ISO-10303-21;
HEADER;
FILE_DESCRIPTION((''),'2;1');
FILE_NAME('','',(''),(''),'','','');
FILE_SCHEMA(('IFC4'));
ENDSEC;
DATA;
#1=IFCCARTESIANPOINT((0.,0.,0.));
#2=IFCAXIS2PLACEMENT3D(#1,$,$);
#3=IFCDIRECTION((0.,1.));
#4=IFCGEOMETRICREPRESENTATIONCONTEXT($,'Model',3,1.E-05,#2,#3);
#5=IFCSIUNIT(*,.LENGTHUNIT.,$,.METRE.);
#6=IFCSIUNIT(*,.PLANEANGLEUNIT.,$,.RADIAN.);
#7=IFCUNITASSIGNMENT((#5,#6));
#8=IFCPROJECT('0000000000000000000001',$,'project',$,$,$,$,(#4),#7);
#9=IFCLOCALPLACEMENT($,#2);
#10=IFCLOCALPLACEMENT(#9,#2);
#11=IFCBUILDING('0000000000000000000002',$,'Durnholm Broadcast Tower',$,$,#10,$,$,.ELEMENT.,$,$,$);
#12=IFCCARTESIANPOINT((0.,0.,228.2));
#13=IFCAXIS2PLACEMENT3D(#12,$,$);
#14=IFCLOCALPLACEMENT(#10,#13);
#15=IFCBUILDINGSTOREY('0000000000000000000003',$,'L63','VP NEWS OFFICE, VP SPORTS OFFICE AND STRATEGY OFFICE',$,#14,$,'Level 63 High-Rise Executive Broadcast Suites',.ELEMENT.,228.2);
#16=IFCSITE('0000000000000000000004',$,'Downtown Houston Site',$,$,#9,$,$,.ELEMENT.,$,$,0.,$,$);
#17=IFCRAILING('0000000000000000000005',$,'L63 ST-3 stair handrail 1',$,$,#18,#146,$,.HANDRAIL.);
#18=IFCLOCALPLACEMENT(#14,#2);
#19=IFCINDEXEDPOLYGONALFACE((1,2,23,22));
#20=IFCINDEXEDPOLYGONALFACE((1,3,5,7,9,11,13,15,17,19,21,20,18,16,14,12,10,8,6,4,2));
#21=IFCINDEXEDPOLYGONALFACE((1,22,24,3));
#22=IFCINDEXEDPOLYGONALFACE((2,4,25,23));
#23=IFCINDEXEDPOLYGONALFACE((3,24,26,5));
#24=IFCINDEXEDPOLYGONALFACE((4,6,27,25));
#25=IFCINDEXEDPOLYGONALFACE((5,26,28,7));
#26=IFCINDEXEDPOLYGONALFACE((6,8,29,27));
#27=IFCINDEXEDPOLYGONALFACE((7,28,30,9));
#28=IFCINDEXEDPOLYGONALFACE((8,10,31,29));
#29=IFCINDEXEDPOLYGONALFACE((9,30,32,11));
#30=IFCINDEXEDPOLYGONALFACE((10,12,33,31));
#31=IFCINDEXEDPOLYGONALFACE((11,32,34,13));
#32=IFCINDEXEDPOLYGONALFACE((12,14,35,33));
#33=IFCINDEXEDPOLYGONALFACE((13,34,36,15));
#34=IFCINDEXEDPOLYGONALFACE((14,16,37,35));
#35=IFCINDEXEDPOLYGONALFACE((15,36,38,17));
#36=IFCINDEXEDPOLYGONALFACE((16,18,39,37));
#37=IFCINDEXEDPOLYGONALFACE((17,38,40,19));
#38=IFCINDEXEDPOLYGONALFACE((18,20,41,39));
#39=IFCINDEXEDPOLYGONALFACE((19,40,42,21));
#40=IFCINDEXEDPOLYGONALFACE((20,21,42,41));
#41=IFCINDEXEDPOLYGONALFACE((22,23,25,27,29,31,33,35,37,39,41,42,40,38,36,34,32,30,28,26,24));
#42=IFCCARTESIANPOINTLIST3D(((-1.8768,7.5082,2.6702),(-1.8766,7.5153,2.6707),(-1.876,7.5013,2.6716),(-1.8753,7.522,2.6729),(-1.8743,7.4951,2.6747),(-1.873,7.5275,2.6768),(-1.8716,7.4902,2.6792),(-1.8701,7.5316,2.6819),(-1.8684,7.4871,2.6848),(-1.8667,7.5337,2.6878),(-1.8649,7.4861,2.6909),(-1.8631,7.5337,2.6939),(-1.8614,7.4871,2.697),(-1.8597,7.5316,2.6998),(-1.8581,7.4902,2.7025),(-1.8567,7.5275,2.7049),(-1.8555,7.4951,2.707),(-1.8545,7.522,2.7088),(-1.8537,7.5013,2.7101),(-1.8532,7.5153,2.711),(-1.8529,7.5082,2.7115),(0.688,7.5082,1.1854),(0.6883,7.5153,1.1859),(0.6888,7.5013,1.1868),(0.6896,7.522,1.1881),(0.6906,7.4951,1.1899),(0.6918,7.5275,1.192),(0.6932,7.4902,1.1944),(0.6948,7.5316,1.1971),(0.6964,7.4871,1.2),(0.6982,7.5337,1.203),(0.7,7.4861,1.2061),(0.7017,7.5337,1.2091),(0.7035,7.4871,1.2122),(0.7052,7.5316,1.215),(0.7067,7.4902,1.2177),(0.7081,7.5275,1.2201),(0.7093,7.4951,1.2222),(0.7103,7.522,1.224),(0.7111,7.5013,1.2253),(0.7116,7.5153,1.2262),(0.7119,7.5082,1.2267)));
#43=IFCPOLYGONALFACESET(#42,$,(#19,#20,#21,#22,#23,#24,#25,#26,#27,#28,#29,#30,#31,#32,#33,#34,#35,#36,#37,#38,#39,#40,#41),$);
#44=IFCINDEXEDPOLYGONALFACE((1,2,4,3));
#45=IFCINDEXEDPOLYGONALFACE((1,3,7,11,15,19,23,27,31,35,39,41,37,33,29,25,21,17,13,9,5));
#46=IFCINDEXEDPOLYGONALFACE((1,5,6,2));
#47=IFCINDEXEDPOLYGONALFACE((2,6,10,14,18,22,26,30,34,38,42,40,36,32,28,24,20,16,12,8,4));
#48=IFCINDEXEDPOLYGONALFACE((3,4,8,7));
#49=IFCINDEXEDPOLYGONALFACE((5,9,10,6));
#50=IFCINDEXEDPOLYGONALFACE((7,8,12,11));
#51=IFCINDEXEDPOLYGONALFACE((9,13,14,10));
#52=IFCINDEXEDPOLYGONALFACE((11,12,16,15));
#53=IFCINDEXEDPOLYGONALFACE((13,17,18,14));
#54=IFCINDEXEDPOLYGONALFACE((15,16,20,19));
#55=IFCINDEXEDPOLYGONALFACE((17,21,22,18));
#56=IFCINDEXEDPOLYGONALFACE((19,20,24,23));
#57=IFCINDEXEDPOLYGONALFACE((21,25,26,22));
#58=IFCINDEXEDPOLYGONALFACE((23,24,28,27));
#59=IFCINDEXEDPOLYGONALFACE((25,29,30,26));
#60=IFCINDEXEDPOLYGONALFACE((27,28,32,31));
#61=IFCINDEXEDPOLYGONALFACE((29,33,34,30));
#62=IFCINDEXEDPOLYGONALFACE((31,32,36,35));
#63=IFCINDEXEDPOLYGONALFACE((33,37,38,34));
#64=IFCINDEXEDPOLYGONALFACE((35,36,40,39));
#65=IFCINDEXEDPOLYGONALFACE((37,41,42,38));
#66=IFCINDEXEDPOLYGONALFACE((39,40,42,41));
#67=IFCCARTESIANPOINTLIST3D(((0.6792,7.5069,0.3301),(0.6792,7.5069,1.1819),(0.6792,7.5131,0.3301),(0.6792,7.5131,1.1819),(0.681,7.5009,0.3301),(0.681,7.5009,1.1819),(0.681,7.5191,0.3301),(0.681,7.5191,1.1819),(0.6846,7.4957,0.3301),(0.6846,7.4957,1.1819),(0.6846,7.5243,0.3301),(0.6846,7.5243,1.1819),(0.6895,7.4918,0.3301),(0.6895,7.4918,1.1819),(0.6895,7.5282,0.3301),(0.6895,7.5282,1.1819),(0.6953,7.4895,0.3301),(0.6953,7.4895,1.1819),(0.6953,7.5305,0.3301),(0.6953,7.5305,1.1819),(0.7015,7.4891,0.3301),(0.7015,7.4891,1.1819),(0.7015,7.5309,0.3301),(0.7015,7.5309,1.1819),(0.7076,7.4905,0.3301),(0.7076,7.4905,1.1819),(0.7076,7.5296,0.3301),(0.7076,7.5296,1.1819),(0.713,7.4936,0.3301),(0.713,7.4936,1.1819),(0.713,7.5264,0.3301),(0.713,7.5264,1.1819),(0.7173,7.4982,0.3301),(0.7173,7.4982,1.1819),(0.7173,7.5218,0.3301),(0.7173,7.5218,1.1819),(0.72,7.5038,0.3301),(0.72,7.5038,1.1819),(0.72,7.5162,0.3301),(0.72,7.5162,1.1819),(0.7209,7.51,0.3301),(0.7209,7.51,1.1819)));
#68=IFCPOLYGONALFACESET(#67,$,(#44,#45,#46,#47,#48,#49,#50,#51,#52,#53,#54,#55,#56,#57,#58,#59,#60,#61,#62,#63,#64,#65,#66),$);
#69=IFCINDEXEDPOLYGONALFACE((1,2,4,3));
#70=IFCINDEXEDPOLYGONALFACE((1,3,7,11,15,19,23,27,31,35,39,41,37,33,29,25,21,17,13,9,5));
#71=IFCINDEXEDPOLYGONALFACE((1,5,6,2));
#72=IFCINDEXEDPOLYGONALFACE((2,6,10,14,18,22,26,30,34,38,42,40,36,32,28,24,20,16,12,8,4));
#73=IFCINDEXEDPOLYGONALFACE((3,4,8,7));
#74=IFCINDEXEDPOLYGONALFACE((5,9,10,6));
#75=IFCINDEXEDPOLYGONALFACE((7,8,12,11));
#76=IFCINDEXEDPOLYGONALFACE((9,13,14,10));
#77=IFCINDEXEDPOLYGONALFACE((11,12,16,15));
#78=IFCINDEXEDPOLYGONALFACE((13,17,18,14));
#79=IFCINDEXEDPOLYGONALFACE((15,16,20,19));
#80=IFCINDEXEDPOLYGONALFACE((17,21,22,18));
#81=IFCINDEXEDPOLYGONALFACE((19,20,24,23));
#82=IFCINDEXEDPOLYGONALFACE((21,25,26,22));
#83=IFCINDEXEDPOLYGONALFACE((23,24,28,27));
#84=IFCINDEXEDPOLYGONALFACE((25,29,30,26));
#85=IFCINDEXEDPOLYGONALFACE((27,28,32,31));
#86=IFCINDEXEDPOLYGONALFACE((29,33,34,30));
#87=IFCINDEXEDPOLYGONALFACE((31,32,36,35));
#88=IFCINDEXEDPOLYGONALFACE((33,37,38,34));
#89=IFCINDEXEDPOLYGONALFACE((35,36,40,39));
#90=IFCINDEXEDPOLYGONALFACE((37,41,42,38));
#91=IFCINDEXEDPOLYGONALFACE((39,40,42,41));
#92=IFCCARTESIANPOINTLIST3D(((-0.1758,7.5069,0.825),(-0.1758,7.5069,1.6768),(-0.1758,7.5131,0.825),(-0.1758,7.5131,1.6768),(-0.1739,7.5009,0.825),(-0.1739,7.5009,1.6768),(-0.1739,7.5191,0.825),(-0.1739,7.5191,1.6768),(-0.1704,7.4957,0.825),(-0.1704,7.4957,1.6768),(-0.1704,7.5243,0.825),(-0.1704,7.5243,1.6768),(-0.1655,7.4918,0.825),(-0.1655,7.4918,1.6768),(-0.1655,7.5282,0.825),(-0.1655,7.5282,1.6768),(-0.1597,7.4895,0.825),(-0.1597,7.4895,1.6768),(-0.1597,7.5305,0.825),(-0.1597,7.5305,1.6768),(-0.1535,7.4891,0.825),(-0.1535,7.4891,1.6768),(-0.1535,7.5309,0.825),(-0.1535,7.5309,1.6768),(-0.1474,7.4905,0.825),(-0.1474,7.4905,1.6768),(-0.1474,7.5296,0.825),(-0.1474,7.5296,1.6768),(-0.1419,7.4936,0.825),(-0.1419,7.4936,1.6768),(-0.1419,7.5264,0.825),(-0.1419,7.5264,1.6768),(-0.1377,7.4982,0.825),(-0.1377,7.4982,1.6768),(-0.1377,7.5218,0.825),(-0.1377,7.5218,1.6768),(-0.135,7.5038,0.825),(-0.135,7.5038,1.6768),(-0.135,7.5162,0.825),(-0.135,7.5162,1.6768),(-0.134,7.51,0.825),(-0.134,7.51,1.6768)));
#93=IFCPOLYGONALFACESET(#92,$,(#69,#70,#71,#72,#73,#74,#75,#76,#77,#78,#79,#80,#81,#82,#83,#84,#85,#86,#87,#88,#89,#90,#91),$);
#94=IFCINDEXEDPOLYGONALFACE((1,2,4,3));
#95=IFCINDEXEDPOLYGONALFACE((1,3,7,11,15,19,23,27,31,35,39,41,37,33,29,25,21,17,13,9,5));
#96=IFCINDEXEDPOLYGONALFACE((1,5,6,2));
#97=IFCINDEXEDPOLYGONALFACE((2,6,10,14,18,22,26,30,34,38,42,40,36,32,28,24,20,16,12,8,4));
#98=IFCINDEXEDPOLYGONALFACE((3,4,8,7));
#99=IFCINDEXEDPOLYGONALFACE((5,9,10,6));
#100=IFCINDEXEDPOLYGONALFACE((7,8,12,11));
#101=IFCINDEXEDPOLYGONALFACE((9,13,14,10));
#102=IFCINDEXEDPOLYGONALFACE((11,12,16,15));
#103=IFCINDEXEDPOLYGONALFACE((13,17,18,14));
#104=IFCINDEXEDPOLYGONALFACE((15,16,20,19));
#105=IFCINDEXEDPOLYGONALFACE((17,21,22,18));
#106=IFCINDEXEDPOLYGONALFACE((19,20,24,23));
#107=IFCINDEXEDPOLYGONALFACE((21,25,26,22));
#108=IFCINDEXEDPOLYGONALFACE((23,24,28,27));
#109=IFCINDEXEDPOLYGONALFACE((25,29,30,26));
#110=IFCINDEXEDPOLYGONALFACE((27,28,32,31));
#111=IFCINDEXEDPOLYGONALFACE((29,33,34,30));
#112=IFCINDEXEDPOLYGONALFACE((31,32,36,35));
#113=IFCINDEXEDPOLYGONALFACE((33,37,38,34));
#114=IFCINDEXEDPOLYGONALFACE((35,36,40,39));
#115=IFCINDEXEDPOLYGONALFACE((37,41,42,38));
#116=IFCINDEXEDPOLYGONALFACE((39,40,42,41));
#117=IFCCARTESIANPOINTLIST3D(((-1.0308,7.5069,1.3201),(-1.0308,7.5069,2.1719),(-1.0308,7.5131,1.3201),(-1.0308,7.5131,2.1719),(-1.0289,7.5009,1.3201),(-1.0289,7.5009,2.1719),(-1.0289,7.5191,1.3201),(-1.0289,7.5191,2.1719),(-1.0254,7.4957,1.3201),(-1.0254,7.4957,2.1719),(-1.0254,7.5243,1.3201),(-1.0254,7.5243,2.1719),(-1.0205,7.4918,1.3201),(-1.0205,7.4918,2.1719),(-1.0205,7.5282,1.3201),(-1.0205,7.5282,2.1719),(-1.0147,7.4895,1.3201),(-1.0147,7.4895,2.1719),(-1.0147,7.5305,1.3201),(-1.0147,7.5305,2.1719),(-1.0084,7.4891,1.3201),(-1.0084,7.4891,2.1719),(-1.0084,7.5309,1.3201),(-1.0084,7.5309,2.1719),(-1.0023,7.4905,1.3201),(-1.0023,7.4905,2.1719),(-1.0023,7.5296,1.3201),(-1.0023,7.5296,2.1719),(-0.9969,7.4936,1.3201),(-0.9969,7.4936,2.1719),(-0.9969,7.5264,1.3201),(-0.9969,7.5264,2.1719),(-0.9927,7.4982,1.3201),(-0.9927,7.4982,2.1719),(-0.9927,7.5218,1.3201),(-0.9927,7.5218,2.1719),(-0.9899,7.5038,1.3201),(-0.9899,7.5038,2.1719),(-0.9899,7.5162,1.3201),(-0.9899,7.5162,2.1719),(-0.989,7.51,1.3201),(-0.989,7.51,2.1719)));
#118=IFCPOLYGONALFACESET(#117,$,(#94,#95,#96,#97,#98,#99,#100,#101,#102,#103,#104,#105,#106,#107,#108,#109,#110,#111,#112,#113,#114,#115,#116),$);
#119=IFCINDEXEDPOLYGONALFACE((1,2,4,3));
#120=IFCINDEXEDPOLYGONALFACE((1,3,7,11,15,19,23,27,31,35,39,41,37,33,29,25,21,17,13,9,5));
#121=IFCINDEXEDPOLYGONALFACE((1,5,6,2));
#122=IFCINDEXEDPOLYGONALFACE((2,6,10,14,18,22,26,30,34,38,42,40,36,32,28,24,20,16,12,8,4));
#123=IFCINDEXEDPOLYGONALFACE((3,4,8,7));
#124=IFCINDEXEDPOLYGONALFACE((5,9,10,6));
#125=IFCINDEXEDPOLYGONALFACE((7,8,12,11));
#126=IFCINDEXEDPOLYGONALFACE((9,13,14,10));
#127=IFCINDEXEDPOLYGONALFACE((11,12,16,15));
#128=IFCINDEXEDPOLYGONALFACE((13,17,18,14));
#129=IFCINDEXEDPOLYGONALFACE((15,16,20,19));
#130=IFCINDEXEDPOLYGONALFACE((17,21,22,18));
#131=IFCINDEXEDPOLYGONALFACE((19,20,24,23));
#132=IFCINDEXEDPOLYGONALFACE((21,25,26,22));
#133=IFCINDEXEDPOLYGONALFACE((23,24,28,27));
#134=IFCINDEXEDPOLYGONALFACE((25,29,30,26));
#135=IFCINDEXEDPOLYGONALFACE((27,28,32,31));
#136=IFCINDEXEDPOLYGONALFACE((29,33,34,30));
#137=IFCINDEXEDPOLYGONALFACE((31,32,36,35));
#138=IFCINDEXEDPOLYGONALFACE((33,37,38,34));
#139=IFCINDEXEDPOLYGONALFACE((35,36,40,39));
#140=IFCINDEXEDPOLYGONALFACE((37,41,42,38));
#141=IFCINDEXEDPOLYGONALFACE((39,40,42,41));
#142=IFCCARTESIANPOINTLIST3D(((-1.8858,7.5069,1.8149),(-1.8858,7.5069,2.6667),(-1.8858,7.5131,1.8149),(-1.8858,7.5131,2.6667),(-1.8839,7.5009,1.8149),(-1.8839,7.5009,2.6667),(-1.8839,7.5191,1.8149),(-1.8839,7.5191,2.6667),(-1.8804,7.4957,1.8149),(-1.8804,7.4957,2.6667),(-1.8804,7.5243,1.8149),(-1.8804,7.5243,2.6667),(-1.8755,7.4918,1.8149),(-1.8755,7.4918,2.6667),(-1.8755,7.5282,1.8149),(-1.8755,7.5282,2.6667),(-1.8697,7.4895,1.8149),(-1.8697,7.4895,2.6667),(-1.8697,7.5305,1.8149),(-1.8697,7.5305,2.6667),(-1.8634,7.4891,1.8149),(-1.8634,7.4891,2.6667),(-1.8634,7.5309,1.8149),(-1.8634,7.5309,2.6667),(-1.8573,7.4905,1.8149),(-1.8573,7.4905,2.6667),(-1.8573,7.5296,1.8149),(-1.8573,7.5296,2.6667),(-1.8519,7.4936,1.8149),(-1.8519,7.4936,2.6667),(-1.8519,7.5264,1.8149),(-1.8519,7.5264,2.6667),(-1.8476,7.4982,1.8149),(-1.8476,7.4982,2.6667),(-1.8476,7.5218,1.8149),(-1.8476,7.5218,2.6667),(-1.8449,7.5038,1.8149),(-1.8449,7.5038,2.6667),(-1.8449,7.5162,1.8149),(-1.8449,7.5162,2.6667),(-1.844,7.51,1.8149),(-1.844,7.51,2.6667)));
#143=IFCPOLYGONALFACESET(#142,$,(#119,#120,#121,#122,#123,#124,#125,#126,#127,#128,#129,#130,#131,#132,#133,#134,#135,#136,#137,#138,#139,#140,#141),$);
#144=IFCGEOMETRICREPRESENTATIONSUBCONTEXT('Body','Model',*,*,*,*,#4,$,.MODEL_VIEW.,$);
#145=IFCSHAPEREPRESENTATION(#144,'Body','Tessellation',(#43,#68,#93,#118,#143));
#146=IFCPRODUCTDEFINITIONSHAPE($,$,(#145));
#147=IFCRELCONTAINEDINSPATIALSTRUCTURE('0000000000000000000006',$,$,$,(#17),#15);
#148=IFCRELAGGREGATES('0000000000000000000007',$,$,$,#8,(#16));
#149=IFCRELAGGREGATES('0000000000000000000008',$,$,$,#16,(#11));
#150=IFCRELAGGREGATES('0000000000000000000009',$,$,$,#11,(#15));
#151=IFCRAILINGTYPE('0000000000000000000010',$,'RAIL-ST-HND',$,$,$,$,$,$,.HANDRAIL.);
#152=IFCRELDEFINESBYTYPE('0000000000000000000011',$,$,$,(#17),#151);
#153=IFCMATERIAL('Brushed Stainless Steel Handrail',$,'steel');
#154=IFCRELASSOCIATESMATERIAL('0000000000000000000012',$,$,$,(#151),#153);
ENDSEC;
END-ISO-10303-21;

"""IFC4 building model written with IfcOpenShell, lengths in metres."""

from ifc_helpers import new_model, si_unit, direction, frame, origin, origin_2d, place, context, subcontext, project, spatial, circle, extrude, material, type_object, element, save


model = new_model("IFC4")

# Units and contexts
model_context = context("Model", 3, precision=1e-05, world=origin(), true_north=direction((0.0, 1.0)))
body_context = subcontext(model_context, "Body", "Model", "MODEL_VIEW")
ifc_project = project(units=[si_unit("LENGTHUNIT", "METRE"), si_unit("PLANEANGLEUNIT", "RADIAN")], contexts=[model_context])

# Site, building, storey
site_placement = place(None, origin())
site = spatial("IfcSite", under=ifc_project, at=site_placement, Name="Downtown Houston Site", CompositionType="ELEMENT", RefElevation=0.0)
building_placement = place(site_placement, origin())
building = spatial("IfcBuilding", under=site, at=building_placement, Name="Durnholm Broadcast Tower", CompositionType="ELEMENT")
storey_placement = place(building_placement, frame((0.0, 0.0, 228.2)))
storey = spatial("IfcBuildingStorey", under=building, at=storey_placement, Name="L63", Description="VP NEWS OFFICE, VP SPORTS OFFICE AND STRATEGY OFFICE", LongName="Level 63 High-Rise Executive Broadcast Suites", CompositionType="ELEMENT", Elevation=228.2)

# Railing
ifc_material_1 = material(Name="Brushed Stainless Steel Handrail", Category="steel")
railing_type_1 = type_object("IfcRailingType", Name="RAIL-ST-HND", PredefinedType="HANDRAIL", material=ifc_material_1)
railing_1_placement = place(storey_placement, frame((0.7, 7.51, 0.3301)))
element("IfcRailing", 1, at=railing_1_placement, inside=storey, type_object=railing_type_1, Name="L63 ST-3 stair handrail 1", PredefinedType="HANDRAIL", context=body_context, shape_type="SweptSolid", body=[
    extrude(circle(Radius=0.0239, at=origin_2d()), frame((0.0, 0.0, 0.876), z_axis=(-0.865441, 0.0, 0.50101), x_axis=(0.0, -1.0, 0.0)), (0.0, 0.0, 1.0), 2.9636),
    extrude(circle(Radius=0.021, at=origin_2d()), origin(), (0.0, 0.0, 1.0), 0.8518),
    extrude(circle(Radius=0.021, at=origin_2d()), frame((-0.855, 0.0, 0.4949)), (0.0, 0.0, 1.0), 0.8518),
    extrude(circle(Radius=0.021, at=origin_2d()), frame((-1.71, 0.0, 0.99)), (0.0, 0.0, 1.0), 0.8518),
    extrude(circle(Radius=0.021, at=origin_2d()), frame((-2.5649, 0.0, 1.4849)), (0.0, 0.0, 1.0), 0.8518),
])

save(model, "model.ifc")
